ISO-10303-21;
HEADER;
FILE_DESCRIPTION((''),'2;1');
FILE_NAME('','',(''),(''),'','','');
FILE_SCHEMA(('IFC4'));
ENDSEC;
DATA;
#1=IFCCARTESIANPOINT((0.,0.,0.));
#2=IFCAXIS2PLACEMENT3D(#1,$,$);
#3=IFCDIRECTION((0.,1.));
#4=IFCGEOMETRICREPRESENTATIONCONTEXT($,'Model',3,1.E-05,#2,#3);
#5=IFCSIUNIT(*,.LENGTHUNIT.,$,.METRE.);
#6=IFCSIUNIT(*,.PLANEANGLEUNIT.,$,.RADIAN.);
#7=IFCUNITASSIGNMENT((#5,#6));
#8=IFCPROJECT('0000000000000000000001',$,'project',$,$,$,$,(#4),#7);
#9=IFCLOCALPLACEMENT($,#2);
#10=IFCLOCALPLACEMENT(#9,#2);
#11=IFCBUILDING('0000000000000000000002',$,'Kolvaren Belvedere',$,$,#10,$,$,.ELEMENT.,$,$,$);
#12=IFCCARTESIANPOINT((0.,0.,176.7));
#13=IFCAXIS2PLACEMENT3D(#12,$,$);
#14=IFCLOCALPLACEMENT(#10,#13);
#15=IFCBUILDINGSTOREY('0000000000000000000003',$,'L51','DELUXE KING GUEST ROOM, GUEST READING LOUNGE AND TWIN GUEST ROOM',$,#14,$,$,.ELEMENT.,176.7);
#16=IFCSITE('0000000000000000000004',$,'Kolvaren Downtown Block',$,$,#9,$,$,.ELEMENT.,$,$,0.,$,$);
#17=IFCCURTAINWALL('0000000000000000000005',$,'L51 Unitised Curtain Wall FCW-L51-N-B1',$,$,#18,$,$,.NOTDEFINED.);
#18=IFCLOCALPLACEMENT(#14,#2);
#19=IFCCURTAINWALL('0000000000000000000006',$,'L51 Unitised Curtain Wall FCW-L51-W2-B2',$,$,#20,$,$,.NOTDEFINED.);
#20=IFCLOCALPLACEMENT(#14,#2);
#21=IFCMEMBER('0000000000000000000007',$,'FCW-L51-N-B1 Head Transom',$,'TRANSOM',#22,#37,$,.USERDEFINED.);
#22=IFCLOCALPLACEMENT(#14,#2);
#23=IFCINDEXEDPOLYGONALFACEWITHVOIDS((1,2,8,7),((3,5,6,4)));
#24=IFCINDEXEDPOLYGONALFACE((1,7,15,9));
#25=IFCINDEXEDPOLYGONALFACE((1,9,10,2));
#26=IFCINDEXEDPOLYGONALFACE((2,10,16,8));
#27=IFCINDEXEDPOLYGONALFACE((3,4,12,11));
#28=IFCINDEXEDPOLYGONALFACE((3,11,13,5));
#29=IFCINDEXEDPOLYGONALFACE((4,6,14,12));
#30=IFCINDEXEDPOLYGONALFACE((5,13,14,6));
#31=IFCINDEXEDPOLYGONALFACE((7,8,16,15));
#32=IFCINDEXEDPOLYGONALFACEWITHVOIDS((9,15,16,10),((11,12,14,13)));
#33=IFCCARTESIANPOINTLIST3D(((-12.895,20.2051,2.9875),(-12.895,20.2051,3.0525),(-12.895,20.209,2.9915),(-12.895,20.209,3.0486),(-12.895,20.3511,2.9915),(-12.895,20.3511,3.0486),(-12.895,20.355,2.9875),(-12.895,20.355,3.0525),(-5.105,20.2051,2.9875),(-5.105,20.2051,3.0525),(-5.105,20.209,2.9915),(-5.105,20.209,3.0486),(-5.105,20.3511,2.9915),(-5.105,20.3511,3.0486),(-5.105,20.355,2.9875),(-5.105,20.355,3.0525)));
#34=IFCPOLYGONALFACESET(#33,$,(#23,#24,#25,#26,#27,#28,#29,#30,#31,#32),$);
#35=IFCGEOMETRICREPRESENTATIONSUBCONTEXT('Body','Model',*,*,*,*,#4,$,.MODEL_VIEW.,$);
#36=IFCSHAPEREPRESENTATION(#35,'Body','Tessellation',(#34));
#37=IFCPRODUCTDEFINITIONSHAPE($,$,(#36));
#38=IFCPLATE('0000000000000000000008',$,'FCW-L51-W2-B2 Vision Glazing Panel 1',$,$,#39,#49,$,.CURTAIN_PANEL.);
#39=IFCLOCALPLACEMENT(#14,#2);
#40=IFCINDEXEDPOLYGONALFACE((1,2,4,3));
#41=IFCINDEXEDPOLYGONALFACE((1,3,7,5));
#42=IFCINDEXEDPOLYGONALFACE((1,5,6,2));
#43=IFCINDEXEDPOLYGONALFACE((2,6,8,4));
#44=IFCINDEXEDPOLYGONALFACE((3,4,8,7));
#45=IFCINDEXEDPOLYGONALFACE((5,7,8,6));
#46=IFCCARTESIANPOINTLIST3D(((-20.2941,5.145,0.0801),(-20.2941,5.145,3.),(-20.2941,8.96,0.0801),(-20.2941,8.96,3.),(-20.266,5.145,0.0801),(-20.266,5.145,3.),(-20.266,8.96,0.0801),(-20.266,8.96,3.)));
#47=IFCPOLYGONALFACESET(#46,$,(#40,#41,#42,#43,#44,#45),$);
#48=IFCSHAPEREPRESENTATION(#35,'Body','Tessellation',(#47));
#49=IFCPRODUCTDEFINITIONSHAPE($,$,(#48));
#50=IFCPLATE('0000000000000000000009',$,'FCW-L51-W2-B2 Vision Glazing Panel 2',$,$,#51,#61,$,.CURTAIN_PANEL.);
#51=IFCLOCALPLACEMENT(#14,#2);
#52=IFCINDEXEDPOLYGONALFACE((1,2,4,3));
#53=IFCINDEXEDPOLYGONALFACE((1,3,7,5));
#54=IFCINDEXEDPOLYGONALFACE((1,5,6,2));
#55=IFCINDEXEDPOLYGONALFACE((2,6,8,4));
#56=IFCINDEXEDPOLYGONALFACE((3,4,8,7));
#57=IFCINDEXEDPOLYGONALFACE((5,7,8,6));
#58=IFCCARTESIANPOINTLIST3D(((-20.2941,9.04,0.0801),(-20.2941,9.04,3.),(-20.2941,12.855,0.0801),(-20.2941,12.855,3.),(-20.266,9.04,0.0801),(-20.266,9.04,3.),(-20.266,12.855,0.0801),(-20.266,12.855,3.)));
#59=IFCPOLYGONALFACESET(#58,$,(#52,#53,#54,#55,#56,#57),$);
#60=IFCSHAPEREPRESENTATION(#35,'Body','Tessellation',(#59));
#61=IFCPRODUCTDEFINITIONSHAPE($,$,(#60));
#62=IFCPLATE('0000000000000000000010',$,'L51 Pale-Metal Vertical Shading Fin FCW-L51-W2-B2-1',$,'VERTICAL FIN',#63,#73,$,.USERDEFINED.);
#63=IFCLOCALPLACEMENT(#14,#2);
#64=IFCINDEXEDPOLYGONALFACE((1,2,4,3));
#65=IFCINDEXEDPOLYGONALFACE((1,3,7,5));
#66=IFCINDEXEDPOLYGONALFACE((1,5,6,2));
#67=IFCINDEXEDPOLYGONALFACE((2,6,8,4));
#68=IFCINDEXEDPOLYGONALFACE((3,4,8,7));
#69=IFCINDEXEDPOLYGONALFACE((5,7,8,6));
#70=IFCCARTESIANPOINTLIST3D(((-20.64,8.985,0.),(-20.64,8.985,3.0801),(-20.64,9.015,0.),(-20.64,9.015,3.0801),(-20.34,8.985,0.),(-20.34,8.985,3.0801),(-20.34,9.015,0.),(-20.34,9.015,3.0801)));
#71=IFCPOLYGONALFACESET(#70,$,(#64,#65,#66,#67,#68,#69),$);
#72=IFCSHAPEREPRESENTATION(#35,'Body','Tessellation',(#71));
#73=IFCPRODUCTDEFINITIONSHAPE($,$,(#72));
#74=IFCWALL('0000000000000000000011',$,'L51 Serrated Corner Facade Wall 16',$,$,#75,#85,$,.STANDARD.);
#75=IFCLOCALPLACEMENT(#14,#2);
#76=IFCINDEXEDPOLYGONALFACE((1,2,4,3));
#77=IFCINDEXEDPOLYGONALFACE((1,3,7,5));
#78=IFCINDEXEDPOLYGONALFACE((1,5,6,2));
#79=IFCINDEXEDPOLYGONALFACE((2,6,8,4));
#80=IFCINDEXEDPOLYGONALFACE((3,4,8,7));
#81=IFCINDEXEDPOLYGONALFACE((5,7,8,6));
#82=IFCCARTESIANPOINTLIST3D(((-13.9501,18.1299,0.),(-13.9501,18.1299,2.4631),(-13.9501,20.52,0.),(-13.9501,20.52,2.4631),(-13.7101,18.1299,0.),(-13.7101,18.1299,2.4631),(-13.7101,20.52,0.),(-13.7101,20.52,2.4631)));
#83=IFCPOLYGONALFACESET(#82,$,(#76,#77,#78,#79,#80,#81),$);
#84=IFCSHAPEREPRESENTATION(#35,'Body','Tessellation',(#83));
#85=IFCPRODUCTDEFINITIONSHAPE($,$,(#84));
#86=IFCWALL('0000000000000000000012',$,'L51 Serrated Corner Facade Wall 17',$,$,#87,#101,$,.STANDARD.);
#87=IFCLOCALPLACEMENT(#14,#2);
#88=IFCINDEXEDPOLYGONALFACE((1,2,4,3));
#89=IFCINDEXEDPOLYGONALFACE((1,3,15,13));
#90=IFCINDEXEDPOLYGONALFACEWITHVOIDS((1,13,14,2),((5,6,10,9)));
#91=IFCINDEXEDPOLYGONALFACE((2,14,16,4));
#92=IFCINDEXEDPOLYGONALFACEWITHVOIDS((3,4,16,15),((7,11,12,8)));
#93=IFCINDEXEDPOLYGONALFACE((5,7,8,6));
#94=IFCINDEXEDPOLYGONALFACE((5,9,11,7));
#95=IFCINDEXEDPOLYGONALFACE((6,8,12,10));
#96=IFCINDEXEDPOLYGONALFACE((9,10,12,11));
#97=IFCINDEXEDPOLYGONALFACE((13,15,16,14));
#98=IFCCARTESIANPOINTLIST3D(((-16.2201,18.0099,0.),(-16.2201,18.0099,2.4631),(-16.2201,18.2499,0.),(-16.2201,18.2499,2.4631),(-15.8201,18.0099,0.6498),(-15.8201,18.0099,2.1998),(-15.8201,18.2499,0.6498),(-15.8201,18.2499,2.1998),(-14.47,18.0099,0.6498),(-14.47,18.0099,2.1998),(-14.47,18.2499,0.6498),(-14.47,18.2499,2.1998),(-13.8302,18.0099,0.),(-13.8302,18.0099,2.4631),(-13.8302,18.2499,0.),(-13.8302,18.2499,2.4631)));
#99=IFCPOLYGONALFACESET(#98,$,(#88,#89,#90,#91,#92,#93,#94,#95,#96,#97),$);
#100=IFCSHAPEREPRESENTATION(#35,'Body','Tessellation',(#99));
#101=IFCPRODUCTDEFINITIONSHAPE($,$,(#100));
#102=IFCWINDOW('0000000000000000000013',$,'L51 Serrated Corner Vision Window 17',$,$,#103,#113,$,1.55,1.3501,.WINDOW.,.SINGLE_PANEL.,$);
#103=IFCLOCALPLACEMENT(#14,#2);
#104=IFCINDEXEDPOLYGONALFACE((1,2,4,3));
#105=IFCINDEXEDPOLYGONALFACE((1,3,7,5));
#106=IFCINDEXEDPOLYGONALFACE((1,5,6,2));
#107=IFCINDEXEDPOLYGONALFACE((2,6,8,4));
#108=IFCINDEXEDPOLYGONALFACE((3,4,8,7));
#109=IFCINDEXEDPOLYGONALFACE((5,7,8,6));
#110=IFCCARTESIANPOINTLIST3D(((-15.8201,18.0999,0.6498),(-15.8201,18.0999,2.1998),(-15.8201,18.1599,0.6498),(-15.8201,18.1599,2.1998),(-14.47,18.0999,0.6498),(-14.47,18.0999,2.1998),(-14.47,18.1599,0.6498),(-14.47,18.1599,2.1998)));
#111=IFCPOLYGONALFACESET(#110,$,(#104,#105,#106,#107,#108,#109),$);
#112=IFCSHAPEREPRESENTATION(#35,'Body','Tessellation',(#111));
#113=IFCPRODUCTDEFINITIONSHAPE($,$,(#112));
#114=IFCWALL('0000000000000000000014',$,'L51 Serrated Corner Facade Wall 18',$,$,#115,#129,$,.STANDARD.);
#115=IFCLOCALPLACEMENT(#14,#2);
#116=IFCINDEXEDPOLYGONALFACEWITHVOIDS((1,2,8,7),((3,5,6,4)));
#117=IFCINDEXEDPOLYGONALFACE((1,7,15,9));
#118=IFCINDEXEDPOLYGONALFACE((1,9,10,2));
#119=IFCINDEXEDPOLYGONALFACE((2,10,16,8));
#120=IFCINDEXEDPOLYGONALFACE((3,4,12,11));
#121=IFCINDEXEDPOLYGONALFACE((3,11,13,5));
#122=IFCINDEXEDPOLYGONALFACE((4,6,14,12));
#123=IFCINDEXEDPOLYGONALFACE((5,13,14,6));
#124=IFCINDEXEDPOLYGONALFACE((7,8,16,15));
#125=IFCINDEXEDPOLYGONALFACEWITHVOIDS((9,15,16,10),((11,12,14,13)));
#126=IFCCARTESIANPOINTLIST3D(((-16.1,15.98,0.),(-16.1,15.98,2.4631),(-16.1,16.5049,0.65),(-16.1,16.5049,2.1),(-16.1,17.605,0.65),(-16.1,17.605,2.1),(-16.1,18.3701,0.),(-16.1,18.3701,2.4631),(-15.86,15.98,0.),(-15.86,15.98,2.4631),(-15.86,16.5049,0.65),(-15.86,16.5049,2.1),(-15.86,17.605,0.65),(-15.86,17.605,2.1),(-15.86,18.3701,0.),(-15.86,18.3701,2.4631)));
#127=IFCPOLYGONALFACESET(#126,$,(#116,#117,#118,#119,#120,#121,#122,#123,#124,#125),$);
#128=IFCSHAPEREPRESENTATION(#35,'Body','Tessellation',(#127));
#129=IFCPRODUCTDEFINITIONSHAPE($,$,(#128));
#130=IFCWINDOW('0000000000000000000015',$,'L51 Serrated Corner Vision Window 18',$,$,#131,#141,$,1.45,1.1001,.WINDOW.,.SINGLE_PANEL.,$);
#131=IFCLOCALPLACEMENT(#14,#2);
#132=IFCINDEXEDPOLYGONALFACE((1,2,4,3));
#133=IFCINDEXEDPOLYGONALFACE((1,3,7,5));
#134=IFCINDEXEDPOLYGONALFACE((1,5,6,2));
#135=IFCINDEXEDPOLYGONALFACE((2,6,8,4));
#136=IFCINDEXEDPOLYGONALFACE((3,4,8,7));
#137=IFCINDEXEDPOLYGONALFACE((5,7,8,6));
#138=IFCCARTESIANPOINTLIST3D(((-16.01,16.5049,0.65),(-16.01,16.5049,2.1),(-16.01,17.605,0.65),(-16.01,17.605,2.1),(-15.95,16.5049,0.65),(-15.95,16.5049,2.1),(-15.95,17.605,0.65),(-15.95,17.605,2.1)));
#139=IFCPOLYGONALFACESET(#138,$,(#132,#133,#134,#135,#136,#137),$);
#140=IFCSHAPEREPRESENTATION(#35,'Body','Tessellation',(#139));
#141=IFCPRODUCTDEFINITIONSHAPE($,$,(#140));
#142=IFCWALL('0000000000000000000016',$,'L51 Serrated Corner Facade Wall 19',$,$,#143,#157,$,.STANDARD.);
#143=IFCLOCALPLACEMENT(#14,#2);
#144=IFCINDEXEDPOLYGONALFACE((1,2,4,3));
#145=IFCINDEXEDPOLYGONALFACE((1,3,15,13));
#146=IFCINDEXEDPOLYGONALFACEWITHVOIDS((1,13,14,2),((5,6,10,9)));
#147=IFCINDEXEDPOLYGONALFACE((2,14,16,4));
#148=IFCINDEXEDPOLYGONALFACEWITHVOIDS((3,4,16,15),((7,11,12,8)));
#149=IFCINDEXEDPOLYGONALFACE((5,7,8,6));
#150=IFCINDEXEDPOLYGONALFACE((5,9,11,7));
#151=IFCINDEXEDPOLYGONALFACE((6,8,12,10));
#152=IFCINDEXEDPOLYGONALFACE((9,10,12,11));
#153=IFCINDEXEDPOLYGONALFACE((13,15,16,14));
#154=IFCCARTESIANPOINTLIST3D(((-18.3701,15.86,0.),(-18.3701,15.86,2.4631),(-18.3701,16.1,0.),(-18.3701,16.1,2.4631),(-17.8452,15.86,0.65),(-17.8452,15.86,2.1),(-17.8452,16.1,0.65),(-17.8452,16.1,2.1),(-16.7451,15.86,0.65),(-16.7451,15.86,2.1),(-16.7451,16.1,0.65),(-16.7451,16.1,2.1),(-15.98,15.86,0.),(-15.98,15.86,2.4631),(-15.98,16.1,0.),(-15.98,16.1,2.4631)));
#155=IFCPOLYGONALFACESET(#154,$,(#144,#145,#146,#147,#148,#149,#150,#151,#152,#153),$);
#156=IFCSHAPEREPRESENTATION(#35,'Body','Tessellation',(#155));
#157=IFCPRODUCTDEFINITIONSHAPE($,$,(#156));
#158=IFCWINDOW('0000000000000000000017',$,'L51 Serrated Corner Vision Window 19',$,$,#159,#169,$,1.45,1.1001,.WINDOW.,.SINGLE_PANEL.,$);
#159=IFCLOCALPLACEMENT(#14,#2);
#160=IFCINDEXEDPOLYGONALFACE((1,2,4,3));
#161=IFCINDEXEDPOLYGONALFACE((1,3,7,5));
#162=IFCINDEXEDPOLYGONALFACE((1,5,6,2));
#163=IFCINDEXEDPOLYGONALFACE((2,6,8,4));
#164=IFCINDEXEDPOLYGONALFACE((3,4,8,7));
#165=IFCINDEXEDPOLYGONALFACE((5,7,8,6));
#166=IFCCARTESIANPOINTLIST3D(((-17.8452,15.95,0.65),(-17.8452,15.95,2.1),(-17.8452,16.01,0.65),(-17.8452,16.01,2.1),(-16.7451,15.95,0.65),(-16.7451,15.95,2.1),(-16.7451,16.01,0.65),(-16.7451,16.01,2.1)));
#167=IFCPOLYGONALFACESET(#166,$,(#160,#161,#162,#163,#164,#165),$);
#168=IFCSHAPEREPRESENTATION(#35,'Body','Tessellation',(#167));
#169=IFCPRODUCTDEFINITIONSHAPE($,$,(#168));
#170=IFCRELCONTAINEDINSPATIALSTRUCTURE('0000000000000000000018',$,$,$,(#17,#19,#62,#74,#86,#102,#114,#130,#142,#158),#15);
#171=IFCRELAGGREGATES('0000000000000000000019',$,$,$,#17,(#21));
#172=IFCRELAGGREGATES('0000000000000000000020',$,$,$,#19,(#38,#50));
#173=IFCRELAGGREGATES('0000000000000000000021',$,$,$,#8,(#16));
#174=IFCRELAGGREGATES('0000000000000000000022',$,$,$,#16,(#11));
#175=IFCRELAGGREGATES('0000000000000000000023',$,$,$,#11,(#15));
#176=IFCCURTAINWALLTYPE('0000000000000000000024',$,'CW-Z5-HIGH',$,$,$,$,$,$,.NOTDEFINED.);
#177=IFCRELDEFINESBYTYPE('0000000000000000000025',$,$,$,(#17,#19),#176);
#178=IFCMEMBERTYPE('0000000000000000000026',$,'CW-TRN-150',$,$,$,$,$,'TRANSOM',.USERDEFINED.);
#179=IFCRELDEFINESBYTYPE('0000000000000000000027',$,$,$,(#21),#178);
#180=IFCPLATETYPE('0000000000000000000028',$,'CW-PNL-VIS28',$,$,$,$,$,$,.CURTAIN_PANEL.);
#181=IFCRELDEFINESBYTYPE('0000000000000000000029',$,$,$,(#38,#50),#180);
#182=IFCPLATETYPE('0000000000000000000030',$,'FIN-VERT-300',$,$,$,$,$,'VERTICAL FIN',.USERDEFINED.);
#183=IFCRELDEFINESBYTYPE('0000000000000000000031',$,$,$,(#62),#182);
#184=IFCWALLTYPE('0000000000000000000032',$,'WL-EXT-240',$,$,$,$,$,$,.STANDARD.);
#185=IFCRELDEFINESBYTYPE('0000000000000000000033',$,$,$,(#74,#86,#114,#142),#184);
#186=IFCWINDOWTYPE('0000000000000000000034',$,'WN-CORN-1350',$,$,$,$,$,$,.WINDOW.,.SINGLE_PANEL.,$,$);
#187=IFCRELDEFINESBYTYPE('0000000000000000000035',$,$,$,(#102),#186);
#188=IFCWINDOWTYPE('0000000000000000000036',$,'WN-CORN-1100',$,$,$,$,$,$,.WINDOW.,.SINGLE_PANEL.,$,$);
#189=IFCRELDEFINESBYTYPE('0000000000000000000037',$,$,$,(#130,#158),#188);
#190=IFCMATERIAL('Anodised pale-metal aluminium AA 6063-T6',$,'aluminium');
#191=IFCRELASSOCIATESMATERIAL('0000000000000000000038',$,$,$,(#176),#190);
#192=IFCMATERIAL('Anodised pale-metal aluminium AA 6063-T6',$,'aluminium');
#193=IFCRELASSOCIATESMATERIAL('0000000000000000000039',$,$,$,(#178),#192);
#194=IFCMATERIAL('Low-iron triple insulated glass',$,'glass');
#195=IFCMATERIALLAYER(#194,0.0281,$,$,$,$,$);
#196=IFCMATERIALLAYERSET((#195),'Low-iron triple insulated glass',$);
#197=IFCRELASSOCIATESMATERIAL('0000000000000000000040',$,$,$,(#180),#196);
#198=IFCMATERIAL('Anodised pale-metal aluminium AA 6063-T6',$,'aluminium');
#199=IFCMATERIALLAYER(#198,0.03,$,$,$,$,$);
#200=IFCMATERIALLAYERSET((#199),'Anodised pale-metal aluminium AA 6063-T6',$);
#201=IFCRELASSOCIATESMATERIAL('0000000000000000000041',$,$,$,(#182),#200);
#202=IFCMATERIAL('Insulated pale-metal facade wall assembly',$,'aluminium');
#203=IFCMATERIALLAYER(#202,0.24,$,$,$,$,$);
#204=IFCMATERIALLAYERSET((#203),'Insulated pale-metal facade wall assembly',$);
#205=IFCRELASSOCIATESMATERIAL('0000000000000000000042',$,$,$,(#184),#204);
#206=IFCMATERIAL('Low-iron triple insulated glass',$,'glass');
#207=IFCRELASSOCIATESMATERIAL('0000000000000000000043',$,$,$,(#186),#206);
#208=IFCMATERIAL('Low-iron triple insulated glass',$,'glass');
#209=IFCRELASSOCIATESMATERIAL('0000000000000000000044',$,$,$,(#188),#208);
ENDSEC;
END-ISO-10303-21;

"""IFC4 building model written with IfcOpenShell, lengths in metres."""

from ifc_helpers import new_model, si_unit, direction, frame, frame_2d, origin, origin_2d, place, context, subcontext, project, spatial, rectangle, hollow_rectangle, extrude, material, layer, layer_set, material_profile, profile_set, type_object, element, fill, aggregate, save


model = new_model("IFC4")

# Units and contexts
model_context = context("Model", 3, precision=1e-05, world=origin(), true_north=direction((0.0, 1.0)))
body_context = subcontext(model_context, "Body", "Model", "MODEL_VIEW")
ifc_project = project(units=[si_unit("LENGTHUNIT", "METRE"), si_unit("PLANEANGLEUNIT", "RADIAN")], contexts=[model_context])

# Site, building, storey
site_placement = place(None, origin())
site = spatial("IfcSite", under=ifc_project, at=site_placement, Name="Kolvaren Downtown Block", CompositionType="ELEMENT", RefElevation=0.0)
building_placement = place(site_placement, origin())
building = spatial("IfcBuilding", under=site, at=building_placement, Name="Kolvaren Belvedere", CompositionType="ELEMENT")
storey_placement = place(building_placement, frame((0.0, 0.0, 176.7)))
storey = spatial("IfcBuildingStorey", under=building, at=storey_placement, Name="L51", Description="DELUXE KING GUEST ROOM, GUEST READING LOUNGE AND TWIN GUEST ROOM", CompositionType="ELEMENT", Elevation=176.7)

# Curtain wall
ifc_material_1 = material(Name="Anodised pale-metal aluminium AA 6063-T6", Category="aluminium")
curtain_wall_type = type_object("IfcCurtainWallType", Name="CW-Z5-HIGH", PredefinedType="NOTDEFINED", material=ifc_material_1)
curtain_wall_1_placement = place(storey_placement, origin())
curtain_wall_1 = element("IfcCurtainWall", 1, at=curtain_wall_1_placement, inside=storey, type_object=curtain_wall_type, Name="L51 Unitised Curtain Wall FCW-L51-N-B1", PredefinedType="NOTDEFINED")

# Curtain wall
curtain_wall_2_placement = place(storey_placement, origin())
curtain_wall_2 = element("IfcCurtainWall", 2, at=curtain_wall_2_placement, inside=storey, type_object=curtain_wall_type, Name="L51 Unitised Curtain Wall FCW-L51-W2-B2", PredefinedType="NOTDEFINED")

# Member
ifc_material_2 = material(Name="Anodised pale-metal aluminium AA 6063-T6", Category="aluminium")
ifc_material_profile_1 = material_profile(ifc_material_2, hollow_rectangle(XDim=0.0649, YDim=0.1499, WallThickness=0.0039, at=origin_2d()), Name="ALU-TRN-150X65")
ifc_profile_set_1 = profile_set([ifc_material_profile_1], Name="Anodised pale-metal aluminium AA 6063-T6")
member_type_1 = type_object("IfcMemberType", Name="CW-TRN-150", ElementType="TRANSOM", PredefinedType="USERDEFINED", material=ifc_profile_set_1)
member_1_placement = place(storey_placement, frame((-12.895, 20.28, 3.02), z_axis=(1.0, 0.0, 0.0), x_axis=(0.0, 0.0, 1.0)))
member_1 = element("IfcMember", 3, at=member_1_placement, type_object=member_type_1, Name="FCW-L51-N-B1 Head Transom", ObjectType="TRANSOM", PredefinedType="USERDEFINED", context=body_context, shape_type="SweptSolid", body=[
    extrude(hollow_rectangle(XDim=0.0649, YDim=0.1499, WallThickness=0.0039, at=origin_2d()), origin(), (0.0, 0.0, 1.0), 7.79),
])
aggregate(curtain_wall_1, [member_1])

# Plates
ifc_material_3 = material(Name="Low-iron triple insulated glass", Category="glass")
ifc_layer_1 = layer(ifc_material_3, 0.0281)
ifc_layer_set_1 = layer_set([ifc_layer_1], Name="Low-iron triple insulated glass")
plate_type_1 = type_object("IfcPlateType", Name="CW-PNL-VIS28", PredefinedType="CURTAIN_PANEL", material=ifc_layer_set_1)
plate_1_placement = place(storey_placement, frame((-20.28, 7.0525, 0.0801), z_axis=(0.0, 0.0, 1.0), x_axis=(0.0, 1.0, 0.0)))
plate_1 = element("IfcPlate", 4, at=plate_1_placement, type_object=plate_type_1, Name="FCW-L51-W2-B2 Vision Glazing Panel 1", PredefinedType="CURTAIN_PANEL", context=body_context, shape_type="SweptSolid", body=[
    extrude(rectangle(XDim=3.8149, YDim=0.0281, at=origin_2d()), origin(), (0.0, 0.0, 1.0), 2.9199),
])
plate_2_placement = place(storey_placement, frame((-20.28, 10.9475, 0.0801), z_axis=(0.0, 0.0, 1.0), x_axis=(0.0, 1.0, 0.0)))
plate_2 = element("IfcPlate", 5, at=plate_2_placement, type_object=plate_type_1, Name="FCW-L51-W2-B2 Vision Glazing Panel 2", PredefinedType="CURTAIN_PANEL", context=body_context, shape_type="SweptSolid", body=[
    extrude(rectangle(XDim=3.8149, YDim=0.0281, at=origin_2d()), origin(), (0.0, 0.0, 1.0), 2.9199),
])
aggregate(curtain_wall_2, [plate_1, plate_2])
ifc_material_4 = material(Name="Anodised pale-metal aluminium AA 6063-T6", Category="aluminium")
ifc_layer_2 = layer(ifc_material_4, 0.03)
ifc_layer_set_2 = layer_set([ifc_layer_2], Name="Anodised pale-metal aluminium AA 6063-T6")
plate_type_2 = type_object("IfcPlateType", Name="FIN-VERT-300", ElementType="VERTICAL FIN", PredefinedType="USERDEFINED", material=ifc_layer_set_2)
plate_3_placement = place(storey_placement, frame((-20.49, 9.0, 0.0), z_axis=(0.0, 0.0, 1.0), x_axis=(1.0, 0.0, 0.0)))
element("IfcPlate", 6, at=plate_3_placement, inside=storey, type_object=plate_type_2, Name="L51 Pale-Metal Vertical Shading Fin FCW-L51-W2-B2-1", ObjectType="VERTICAL FIN", PredefinedType="USERDEFINED", context=body_context, shape_type="SweptSolid", body=[
    extrude(rectangle(XDim=0.3, YDim=0.03, at=origin_2d()), origin(), (0.0, 0.0, 1.0), 3.0801),
])

# Wall
ifc_material_5 = material(Name="Insulated pale-metal facade wall assembly", Category="aluminium")
ifc_layer_3 = layer(ifc_material_5, 0.24)
ifc_layer_set_3 = layer_set([ifc_layer_3], Name="Insulated pale-metal facade wall assembly")
wall_type_1 = type_object("IfcWallType", Name="WL-EXT-240", PredefinedType="STANDARD", material=ifc_layer_set_3)
wall_1_placement = place(storey_placement, frame((-13.8301, 18.1299, 0.0), z_axis=(0.0, 0.0, 1.0), x_axis=(0.0, 1.0, 0.0)))
element("IfcWall", 7, at=wall_1_placement, inside=storey, type_object=wall_type_1, Name="L51 Serrated Corner Facade Wall 16", PredefinedType="STANDARD", context=body_context, shape_type="SweptSolid", body=[
    extrude(rectangle(XDim=2.3901, YDim=0.24, at=frame_2d((1.1951, 0.0))), origin(), (0.0, 0.0, 1.0), 2.4631),
])

# Walls, openings, windows
wall_2_placement = place(storey_placement, frame((-16.22, 18.1299, 0.0), z_axis=(0.0, 0.0, 1.0), x_axis=(1.0, 0.0, 0.0)))
wall_2 = element("IfcWall", 8, at=wall_2_placement, inside=storey, type_object=wall_type_1, Name="L51 Serrated Corner Facade Wall 17", PredefinedType="STANDARD", context=body_context, shape_type="SweptSolid", body=[
    extrude(rectangle(XDim=2.3899, YDim=0.24, at=frame_2d((1.1948, 0.0))), origin(), (0.0, 0.0, 1.0), 2.4631),
])
opening_1_placement = place(wall_2_placement, frame((0.3999, 0.0, 0.6499)))
opening_1 = element("IfcOpeningElement", 9, at=opening_1_placement, cuts=wall_2, PredefinedType="OPENING", context=body_context, shape_type="SweptSolid", body=[
    extrude(rectangle(XDim=1.3501, YDim=1.55, at=frame_2d((0.675, 0.7749))), frame((0.0, 0.1299, 0.0), z_axis=(0.0, -1.0, 0.0), x_axis=(1.0, 0.0, 0.0)), (0.0, 0.0, 1.0), 0.26),
])
ifc_material_6 = material(Name="Low-iron triple insulated glass", Category="glass")
window_type_1 = type_object("IfcWindowType", Name="WN-CORN-1350", PartitioningType="SINGLE_PANEL", PredefinedType="WINDOW", material=ifc_material_6)
window_1_placement = place(opening_1_placement, origin())
window_1 = element("IfcWindow", 10, at=window_1_placement, inside=storey, type_object=window_type_1, Name="L51 Serrated Corner Vision Window 17", OverallHeight=1.55, OverallWidth=1.3501, PartitioningType="SINGLE_PANEL", PredefinedType="WINDOW", context=body_context, shape_type="SweptSolid", body=[
    extrude(rectangle(XDim=1.3501, YDim=1.55, at=frame_2d((0.675, 0.7749))), frame((0.0, 0.03, 0.0), z_axis=(0.0, -1.0, 0.0), x_axis=(1.0, 0.0, 0.0)), (0.0, 0.0, 1.0), 0.0601),
])
fill(opening_1, window_1)
wall_3_placement = place(storey_placement, frame((-15.98, 15.98, 0.0), z_axis=(0.0, 0.0, 1.0), x_axis=(0.0, 1.0, 0.0)))
wall_3 = element("IfcWall", 11, at=wall_3_placement, inside=storey, type_object=wall_type_1, Name="L51 Serrated Corner Facade Wall 18", PredefinedType="STANDARD", context=body_context, shape_type="SweptSolid", body=[
    extrude(rectangle(XDim=2.3901, YDim=0.24, at=frame_2d((1.1951, 0.0))), origin(), (0.0, 0.0, 1.0), 2.4631),
])
opening_2_placement = place(wall_3_placement, frame((0.5249, 0.0, 0.6499)))
opening_2 = element("IfcOpeningElement", 12, at=opening_2_placement, cuts=wall_3, PredefinedType="OPENING", context=body_context, shape_type="SweptSolid", body=[
    extrude(rectangle(XDim=1.1001, YDim=1.45, at=frame_2d((0.55, 0.7251))), frame((0.0, 0.1299, 0.0), z_axis=(0.0, -1.0, 0.0), x_axis=(1.0, 0.0, 0.0)), (0.0, 0.0, 1.0), 0.26),
])
ifc_material_7 = material(Name="Low-iron triple insulated glass", Category="glass")
window_type_2 = type_object("IfcWindowType", Name="WN-CORN-1100", PartitioningType="SINGLE_PANEL", PredefinedType="WINDOW", material=ifc_material_7)
window_2_placement = place(opening_2_placement, origin())
window_2 = element("IfcWindow", 13, at=window_2_placement, inside=storey, type_object=window_type_2, Name="L51 Serrated Corner Vision Window 18", OverallHeight=1.45, OverallWidth=1.1001, PartitioningType="SINGLE_PANEL", PredefinedType="WINDOW", context=body_context, shape_type="SweptSolid", body=[
    extrude(rectangle(XDim=1.1001, YDim=1.45, at=frame_2d((0.55, 0.7251))), frame((0.0, 0.03, 0.0), z_axis=(0.0, -1.0, 0.0), x_axis=(1.0, 0.0, 0.0)), (0.0, 0.0, 1.0), 0.0601),
])
fill(opening_2, window_2)
wall_4_placement = place(storey_placement, frame((-18.3701, 15.98, 0.0), z_axis=(0.0, 0.0, 1.0), x_axis=(1.0, 0.0, 0.0)))
wall_4 = element("IfcWall", 14, at=wall_4_placement, inside=storey, type_object=wall_type_1, Name="L51 Serrated Corner Facade Wall 19", PredefinedType="STANDARD", context=body_context, shape_type="SweptSolid", body=[
    extrude(rectangle(XDim=2.3901, YDim=0.24, at=frame_2d((1.1951, 0.0))), origin(), (0.0, 0.0, 1.0), 2.4631),
])
opening_3_placement = place(wall_4_placement, frame((0.5249, 0.0, 0.6499)))
opening_3 = element("IfcOpeningElement", 15, at=opening_3_placement, cuts=wall_4, PredefinedType="OPENING", context=body_context, shape_type="SweptSolid", body=[
    extrude(rectangle(XDim=1.1001, YDim=1.45, at=frame_2d((0.55, 0.7251))), frame((0.0, 0.1299, 0.0), z_axis=(0.0, -1.0, 0.0), x_axis=(1.0, 0.0, 0.0)), (0.0, 0.0, 1.0), 0.26),
])
window_3_placement = place(opening_3_placement, origin())
window_3 = element("IfcWindow", 16, at=window_3_placement, inside=storey, type_object=window_type_2, Name="L51 Serrated Corner Vision Window 19", OverallHeight=1.45, OverallWidth=1.1001, PartitioningType="SINGLE_PANEL", PredefinedType="WINDOW", context=body_context, shape_type="SweptSolid", body=[
    extrude(rectangle(XDim=1.1001, YDim=1.45, at=frame_2d((0.55, 0.7251))), frame((0.0, 0.03, 0.0), z_axis=(0.0, -1.0, 0.0), x_axis=(1.0, 0.0, 0.0)), (0.0, 0.0, 1.0), 0.0601),
])
fill(opening_3, window_3)

save(model, "model.ifc")
